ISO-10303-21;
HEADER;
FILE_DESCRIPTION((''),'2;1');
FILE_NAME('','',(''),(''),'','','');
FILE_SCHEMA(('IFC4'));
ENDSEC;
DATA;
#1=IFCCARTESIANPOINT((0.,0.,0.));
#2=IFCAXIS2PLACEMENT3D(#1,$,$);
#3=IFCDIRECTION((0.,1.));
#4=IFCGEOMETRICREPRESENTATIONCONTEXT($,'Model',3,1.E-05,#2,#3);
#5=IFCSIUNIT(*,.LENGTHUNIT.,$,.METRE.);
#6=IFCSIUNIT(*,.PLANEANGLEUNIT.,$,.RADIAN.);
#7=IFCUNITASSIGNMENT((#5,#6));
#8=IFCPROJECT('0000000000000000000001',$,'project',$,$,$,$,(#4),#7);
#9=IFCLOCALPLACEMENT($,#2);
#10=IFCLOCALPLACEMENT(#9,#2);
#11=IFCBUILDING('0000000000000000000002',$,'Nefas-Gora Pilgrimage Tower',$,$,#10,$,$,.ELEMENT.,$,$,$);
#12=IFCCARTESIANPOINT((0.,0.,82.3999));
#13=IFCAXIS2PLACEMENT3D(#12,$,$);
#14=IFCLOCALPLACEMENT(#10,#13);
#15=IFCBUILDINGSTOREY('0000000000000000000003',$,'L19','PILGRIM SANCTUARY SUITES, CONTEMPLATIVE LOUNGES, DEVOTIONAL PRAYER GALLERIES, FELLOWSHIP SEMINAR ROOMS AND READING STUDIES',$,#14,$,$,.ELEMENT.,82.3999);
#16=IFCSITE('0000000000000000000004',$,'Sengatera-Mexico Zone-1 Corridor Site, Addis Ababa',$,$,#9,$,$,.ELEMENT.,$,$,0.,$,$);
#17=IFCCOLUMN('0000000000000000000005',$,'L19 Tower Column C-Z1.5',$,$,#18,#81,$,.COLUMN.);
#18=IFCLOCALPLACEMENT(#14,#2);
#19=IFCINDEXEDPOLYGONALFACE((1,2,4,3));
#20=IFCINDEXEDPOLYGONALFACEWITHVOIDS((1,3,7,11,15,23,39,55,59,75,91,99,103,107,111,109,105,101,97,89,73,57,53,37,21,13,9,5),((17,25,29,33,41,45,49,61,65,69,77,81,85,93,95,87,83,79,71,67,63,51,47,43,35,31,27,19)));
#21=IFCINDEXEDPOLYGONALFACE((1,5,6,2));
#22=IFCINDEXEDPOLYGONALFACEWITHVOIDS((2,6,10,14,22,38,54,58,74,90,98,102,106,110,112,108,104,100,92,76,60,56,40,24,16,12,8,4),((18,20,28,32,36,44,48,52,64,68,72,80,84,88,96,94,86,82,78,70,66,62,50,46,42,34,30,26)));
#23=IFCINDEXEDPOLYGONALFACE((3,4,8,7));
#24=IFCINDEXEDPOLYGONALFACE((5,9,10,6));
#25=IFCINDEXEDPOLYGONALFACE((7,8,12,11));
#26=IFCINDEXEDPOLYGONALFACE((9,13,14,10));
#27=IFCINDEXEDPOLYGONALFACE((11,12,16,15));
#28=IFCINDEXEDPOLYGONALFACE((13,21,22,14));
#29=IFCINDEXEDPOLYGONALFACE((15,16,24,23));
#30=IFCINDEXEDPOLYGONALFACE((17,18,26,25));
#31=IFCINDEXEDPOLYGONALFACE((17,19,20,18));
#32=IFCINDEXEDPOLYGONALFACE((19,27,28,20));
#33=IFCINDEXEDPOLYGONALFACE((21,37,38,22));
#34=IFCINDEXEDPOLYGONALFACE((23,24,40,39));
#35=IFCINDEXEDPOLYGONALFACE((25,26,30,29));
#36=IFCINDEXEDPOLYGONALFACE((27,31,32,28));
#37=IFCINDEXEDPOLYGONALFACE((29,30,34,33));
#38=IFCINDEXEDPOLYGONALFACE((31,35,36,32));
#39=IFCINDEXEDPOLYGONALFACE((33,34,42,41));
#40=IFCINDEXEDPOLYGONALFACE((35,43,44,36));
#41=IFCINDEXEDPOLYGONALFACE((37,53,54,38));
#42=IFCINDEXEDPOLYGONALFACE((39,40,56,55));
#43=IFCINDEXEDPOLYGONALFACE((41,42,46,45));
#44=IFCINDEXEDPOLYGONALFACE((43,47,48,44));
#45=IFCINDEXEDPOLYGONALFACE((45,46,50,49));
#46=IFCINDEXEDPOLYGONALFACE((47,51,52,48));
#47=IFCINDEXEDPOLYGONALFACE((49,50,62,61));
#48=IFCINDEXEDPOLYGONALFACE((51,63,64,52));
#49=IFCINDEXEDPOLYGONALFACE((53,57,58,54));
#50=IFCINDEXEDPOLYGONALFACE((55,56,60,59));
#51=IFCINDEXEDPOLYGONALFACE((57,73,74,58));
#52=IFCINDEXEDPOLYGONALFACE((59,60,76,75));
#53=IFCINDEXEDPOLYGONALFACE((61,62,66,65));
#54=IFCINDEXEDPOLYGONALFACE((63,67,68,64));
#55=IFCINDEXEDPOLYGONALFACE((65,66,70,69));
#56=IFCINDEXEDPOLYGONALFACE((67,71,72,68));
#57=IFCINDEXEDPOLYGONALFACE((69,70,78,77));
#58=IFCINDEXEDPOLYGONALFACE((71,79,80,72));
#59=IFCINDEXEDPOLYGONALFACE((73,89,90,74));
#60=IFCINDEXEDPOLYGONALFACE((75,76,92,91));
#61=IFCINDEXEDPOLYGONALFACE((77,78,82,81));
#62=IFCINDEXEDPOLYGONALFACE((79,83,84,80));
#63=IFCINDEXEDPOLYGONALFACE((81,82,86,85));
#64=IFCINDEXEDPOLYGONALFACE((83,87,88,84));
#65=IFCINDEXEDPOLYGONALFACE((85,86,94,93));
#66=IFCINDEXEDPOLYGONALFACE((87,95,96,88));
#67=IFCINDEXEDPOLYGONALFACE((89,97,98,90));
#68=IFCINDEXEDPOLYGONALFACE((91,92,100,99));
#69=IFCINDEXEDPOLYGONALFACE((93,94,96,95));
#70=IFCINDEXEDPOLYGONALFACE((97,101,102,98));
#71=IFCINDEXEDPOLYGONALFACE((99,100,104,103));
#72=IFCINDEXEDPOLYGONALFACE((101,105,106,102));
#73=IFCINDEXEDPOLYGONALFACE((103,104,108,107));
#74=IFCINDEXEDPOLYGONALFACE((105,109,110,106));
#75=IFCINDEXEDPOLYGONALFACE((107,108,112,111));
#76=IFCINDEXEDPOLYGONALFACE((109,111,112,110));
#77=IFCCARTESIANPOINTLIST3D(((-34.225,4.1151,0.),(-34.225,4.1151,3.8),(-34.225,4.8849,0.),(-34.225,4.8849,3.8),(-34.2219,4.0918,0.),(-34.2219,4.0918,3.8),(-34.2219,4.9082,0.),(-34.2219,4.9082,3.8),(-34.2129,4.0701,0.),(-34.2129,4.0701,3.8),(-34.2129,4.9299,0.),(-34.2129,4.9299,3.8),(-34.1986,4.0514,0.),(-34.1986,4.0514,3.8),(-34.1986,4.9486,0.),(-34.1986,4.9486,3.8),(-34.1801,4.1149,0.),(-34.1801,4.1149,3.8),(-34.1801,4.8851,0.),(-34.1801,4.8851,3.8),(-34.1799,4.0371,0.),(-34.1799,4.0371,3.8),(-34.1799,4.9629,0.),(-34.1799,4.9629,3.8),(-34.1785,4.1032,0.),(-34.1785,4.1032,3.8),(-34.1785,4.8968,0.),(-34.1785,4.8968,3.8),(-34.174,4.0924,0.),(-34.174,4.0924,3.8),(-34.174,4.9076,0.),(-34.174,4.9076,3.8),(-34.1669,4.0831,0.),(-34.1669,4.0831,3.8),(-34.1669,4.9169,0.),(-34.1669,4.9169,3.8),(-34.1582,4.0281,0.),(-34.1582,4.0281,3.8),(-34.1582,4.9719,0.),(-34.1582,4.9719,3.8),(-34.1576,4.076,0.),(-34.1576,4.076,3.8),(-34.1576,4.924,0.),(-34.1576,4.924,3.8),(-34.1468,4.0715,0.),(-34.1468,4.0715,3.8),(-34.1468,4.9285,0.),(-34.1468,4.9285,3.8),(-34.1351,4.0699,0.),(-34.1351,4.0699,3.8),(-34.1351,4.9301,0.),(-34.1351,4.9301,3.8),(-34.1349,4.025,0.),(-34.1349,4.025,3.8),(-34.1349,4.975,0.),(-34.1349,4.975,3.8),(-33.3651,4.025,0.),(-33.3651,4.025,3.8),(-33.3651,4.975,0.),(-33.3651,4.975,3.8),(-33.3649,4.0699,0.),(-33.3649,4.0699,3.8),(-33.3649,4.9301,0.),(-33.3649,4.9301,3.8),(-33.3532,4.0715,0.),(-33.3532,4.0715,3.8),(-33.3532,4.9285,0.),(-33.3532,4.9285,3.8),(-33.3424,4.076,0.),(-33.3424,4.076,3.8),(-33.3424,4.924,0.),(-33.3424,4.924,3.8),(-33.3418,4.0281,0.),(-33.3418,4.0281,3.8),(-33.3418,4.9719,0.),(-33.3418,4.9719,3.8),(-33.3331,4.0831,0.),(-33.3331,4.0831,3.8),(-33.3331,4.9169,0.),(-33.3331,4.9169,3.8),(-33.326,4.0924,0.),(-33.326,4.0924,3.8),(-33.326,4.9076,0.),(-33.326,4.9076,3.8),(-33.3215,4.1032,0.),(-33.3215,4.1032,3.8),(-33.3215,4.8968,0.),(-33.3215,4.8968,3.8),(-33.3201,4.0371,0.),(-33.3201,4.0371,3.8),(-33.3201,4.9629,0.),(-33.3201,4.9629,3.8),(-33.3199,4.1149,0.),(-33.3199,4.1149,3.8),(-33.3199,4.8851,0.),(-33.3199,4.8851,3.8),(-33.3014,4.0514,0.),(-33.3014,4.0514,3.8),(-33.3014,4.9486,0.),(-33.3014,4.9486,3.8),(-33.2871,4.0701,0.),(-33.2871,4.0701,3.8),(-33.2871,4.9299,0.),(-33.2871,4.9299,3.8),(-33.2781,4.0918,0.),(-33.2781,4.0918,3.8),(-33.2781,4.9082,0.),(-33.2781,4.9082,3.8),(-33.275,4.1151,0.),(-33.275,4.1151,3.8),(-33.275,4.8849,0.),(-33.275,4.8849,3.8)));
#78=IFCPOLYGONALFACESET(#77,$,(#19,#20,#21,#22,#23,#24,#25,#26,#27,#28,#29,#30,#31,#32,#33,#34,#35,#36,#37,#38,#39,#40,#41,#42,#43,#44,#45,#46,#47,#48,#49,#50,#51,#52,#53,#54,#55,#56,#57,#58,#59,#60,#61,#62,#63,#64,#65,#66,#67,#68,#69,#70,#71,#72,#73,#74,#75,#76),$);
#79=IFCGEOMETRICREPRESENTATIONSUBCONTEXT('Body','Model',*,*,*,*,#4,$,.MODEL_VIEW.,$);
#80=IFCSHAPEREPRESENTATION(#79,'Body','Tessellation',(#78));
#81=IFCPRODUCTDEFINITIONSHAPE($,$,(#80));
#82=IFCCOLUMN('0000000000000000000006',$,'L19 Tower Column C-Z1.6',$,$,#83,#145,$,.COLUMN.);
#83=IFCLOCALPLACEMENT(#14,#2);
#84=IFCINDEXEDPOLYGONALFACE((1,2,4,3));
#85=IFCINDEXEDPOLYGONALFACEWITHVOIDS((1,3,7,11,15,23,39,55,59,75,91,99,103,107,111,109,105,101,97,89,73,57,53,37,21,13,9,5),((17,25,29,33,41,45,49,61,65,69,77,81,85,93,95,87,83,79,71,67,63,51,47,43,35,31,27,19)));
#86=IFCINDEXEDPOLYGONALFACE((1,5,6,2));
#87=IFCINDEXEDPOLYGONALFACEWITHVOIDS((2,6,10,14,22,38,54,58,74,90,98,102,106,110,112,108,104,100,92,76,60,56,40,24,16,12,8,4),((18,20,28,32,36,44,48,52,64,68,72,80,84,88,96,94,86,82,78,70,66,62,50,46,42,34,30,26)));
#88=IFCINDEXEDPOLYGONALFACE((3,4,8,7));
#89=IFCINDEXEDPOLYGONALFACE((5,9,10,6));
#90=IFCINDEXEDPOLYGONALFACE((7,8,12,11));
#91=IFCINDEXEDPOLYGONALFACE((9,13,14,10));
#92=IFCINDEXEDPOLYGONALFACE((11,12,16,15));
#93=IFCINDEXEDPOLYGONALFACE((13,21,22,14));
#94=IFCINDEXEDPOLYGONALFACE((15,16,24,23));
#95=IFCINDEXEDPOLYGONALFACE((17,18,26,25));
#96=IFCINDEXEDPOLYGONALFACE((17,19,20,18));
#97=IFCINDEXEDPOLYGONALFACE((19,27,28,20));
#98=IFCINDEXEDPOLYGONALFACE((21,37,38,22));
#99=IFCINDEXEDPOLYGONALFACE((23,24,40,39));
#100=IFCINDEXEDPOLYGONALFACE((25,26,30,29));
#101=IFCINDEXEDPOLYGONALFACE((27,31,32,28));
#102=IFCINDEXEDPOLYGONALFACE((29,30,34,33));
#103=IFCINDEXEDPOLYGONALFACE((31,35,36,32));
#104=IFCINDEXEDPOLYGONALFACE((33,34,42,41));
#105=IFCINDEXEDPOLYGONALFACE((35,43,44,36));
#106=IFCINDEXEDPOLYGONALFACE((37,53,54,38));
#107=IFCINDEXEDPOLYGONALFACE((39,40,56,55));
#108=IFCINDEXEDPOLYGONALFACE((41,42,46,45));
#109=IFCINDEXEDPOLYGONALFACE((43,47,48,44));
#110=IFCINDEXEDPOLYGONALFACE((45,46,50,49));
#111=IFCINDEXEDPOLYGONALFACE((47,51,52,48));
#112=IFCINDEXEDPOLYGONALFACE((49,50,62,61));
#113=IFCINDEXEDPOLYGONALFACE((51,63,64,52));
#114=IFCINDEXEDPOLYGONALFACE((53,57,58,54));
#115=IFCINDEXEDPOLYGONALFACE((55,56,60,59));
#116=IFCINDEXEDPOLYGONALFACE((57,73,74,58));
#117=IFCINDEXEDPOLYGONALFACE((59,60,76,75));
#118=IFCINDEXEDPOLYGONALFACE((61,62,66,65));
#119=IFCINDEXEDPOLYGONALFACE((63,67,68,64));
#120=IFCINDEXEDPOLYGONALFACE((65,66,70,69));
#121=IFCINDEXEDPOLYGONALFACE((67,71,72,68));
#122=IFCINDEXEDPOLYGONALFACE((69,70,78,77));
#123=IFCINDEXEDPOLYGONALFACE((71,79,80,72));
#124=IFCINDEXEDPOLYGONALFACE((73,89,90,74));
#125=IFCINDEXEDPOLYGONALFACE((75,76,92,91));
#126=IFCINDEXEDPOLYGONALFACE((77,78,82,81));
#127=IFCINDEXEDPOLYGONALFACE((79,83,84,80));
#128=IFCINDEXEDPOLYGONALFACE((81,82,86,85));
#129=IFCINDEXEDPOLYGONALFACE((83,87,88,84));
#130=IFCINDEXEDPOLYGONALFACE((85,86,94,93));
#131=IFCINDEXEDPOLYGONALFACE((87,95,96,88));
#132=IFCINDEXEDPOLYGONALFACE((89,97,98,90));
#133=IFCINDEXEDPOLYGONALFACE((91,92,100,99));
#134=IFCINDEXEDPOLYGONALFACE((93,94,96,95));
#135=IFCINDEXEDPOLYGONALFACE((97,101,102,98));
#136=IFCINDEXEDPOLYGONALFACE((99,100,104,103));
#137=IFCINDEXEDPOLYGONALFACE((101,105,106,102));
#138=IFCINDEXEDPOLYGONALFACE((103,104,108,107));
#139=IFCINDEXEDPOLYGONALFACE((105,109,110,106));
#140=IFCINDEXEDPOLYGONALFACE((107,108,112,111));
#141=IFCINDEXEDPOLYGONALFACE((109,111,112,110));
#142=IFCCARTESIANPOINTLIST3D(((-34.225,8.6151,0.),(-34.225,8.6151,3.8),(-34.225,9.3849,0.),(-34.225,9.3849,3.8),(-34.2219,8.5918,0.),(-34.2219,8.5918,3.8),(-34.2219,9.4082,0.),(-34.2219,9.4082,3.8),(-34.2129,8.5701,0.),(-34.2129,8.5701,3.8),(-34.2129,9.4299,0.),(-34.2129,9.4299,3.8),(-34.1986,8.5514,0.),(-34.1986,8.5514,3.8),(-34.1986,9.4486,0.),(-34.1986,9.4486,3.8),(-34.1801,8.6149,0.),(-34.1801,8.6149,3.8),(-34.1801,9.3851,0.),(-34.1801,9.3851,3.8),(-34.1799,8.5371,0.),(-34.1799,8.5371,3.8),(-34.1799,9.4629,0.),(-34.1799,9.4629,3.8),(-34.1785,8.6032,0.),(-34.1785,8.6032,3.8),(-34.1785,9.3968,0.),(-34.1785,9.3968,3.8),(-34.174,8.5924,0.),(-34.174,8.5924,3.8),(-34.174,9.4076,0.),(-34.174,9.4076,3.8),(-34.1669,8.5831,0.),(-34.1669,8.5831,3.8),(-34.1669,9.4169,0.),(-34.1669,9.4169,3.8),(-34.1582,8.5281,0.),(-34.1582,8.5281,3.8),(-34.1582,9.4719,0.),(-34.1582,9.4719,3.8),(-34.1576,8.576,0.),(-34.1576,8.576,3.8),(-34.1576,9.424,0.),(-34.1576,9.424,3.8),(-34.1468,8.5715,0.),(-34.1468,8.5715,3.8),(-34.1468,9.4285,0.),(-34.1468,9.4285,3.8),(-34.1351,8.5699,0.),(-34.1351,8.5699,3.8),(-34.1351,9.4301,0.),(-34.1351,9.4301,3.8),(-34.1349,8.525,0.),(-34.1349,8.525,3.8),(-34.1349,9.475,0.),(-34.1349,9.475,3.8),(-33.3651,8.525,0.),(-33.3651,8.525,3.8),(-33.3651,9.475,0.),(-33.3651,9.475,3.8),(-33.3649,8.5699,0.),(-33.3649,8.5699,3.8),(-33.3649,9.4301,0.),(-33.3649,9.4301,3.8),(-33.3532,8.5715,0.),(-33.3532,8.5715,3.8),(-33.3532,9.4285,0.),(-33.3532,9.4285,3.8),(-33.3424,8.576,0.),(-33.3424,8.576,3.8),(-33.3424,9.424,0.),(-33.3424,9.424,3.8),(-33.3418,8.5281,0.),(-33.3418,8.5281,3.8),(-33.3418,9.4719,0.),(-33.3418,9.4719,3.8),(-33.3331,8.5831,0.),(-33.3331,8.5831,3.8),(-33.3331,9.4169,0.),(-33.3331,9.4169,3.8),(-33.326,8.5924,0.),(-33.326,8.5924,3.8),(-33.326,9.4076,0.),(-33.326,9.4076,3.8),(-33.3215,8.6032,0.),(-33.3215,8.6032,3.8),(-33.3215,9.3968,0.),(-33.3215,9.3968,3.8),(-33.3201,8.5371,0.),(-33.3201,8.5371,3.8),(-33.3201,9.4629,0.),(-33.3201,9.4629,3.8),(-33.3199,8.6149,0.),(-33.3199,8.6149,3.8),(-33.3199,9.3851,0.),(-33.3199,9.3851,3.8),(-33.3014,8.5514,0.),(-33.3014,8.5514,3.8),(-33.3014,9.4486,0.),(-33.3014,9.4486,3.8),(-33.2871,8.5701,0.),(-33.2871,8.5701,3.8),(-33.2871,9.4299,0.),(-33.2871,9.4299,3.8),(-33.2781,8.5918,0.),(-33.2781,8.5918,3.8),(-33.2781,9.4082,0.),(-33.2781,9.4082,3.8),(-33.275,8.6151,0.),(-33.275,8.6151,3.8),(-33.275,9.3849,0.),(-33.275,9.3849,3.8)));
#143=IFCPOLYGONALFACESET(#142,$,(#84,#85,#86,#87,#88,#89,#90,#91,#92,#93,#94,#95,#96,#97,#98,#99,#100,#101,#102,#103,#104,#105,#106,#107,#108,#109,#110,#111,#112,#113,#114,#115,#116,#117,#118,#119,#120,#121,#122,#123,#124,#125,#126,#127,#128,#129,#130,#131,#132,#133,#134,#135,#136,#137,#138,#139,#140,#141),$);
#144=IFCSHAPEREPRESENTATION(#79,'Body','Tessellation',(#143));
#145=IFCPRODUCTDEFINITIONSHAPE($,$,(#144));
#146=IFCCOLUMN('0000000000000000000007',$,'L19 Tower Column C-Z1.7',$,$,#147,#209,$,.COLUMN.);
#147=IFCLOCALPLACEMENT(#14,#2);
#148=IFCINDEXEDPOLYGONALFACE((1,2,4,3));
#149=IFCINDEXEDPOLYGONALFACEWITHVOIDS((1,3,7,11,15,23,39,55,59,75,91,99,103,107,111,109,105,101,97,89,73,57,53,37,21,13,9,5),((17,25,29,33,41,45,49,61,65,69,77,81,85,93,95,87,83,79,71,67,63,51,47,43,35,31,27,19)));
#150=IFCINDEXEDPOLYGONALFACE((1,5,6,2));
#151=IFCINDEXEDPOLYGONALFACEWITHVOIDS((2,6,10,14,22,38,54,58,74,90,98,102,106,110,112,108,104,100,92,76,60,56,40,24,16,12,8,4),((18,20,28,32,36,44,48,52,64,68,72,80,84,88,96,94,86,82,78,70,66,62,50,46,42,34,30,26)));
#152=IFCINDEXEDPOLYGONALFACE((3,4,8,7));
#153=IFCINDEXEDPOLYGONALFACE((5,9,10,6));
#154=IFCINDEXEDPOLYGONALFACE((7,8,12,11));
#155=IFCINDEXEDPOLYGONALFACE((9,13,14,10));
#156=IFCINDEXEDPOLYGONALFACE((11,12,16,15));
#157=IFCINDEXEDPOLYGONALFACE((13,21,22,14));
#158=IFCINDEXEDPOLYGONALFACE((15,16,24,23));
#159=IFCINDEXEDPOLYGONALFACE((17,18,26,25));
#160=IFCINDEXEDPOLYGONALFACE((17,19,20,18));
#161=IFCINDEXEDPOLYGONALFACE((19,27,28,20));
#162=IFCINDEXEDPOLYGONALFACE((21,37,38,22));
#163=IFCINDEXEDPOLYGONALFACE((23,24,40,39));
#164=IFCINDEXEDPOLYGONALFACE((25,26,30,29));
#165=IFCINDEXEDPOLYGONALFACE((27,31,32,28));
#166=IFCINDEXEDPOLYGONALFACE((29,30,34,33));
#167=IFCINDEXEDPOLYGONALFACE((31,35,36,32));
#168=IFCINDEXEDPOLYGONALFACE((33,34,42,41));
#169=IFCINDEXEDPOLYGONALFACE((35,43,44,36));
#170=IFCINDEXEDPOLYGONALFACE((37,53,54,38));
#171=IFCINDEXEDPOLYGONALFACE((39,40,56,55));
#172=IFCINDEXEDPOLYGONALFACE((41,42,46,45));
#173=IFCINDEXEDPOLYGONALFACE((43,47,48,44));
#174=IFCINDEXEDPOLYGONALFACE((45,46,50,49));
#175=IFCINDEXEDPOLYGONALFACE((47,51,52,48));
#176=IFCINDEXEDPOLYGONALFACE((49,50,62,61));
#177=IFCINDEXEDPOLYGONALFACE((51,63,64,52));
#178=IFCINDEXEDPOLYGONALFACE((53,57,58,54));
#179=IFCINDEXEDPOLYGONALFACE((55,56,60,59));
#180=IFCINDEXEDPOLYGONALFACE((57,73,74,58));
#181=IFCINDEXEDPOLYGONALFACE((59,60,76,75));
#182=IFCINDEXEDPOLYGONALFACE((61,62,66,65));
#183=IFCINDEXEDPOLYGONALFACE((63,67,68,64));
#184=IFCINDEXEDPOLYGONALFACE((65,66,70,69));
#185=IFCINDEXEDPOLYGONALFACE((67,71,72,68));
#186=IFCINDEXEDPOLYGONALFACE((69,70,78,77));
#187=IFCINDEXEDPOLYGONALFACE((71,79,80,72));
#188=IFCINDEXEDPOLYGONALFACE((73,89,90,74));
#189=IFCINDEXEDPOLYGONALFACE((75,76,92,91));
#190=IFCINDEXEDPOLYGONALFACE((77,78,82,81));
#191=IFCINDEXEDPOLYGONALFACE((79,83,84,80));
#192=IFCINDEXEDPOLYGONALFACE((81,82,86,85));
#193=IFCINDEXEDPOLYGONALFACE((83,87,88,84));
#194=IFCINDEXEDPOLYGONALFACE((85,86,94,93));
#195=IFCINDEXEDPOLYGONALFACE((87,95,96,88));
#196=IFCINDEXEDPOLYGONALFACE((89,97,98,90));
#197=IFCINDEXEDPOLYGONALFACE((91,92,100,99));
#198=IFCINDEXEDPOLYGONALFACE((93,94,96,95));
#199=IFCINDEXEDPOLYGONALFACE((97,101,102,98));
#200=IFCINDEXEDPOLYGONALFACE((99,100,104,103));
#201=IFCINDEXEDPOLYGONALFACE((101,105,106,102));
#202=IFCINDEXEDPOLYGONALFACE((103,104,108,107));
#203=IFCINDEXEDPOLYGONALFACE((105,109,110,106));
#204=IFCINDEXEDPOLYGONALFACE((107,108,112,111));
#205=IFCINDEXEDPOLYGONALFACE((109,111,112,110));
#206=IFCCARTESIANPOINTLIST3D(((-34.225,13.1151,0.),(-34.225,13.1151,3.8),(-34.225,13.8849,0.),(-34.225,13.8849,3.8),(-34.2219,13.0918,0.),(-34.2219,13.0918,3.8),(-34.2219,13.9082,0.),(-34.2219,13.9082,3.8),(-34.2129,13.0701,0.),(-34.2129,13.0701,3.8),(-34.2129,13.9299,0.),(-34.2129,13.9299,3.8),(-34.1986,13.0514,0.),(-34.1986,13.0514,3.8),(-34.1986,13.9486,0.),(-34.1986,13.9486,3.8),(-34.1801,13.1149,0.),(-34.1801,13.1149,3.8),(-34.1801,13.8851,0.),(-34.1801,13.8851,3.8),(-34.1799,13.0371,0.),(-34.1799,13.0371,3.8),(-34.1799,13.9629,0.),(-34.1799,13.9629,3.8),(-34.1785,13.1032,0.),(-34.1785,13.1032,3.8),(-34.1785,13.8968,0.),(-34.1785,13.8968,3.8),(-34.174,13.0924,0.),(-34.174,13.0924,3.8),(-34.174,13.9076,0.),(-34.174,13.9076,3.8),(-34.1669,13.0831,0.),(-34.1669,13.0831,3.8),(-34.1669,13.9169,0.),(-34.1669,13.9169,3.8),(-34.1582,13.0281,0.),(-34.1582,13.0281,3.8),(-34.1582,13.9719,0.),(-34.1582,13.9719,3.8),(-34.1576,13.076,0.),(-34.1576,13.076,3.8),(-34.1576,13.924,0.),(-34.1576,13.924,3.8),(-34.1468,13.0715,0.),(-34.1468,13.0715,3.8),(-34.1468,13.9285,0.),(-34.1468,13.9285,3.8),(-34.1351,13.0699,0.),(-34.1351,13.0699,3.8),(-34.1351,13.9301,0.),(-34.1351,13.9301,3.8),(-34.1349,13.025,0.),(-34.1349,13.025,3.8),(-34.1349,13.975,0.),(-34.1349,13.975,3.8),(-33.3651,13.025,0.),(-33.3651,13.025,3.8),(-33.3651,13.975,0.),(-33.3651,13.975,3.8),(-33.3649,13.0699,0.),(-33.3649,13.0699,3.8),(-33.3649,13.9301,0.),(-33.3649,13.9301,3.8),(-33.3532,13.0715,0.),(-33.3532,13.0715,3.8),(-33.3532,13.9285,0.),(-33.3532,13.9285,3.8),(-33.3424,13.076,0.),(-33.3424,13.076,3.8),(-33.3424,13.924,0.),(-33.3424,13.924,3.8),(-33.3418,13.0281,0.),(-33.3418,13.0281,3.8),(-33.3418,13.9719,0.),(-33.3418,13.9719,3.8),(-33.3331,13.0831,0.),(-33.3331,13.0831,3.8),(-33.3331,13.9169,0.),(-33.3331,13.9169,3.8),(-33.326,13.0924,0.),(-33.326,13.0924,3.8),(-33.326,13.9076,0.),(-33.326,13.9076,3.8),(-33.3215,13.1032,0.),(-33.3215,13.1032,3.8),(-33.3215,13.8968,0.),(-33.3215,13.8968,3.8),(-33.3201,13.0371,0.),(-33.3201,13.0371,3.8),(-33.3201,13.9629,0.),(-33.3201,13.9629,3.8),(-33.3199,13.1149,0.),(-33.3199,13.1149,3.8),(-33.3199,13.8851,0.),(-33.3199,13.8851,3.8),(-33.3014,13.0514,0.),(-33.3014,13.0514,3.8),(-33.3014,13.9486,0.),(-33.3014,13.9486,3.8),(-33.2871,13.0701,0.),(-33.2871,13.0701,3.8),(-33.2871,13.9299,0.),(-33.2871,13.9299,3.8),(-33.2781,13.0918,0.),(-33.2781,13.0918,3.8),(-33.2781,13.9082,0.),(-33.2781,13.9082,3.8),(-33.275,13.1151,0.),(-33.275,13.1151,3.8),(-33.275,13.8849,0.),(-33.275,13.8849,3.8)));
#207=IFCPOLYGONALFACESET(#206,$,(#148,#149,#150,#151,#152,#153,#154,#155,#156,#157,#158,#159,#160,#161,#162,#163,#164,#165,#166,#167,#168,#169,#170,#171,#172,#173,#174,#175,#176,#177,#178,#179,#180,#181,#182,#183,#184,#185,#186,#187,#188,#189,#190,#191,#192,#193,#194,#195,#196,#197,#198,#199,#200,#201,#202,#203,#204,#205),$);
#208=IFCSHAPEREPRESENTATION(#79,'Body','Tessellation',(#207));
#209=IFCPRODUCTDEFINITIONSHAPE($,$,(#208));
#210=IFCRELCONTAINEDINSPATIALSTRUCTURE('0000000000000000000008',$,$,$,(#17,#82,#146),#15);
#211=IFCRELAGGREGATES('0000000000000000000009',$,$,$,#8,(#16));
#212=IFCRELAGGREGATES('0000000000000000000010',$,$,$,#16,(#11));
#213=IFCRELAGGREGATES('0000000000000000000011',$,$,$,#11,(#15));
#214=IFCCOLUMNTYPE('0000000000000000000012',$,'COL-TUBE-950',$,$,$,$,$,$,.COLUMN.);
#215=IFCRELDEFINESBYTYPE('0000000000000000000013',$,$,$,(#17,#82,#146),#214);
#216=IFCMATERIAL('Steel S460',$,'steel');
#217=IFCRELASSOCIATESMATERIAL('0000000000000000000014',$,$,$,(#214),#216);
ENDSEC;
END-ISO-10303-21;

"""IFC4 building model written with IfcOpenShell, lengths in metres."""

from ifc_helpers import new_model, si_unit, direction, frame, origin, origin_2d, place, context, subcontext, project, spatial, hollow_rectangle, extrude, source, transform, mapped, material, material_profile, profile_set, type_object, element, save


model = new_model("IFC4")

# Units and contexts
model_context = context("Model", 3, precision=1e-05, world=origin(), true_north=direction((0.0, 1.0)))
body_context = subcontext(model_context, "Body", "Model", "MODEL_VIEW")
ifc_project = project(units=[si_unit("LENGTHUNIT", "METRE"), si_unit("PLANEANGLEUNIT", "RADIAN")], contexts=[model_context])

# Site, building, storey
site_placement = place(None, origin())
site = spatial("IfcSite", under=ifc_project, at=site_placement, Name="Sengatera-Mexico Zone-1 Corridor Site, Addis Ababa", CompositionType="ELEMENT", RefElevation=0.0)
building_placement = place(site_placement, origin())
building = spatial("IfcBuilding", under=site, at=building_placement, Name="Nefas-Gora Pilgrimage Tower", CompositionType="ELEMENT")
storey_placement = place(building_placement, frame((0.0, 0.0, 82.3999)))
storey = spatial("IfcBuildingStorey", under=building, at=storey_placement, Name="L19", Description="PILGRIM SANCTUARY SUITES, CONTEMPLATIVE LOUNGES, DEVOTIONAL PRAYER GALLERIES, FELLOWSHIP SEMINAR ROOMS AND READING STUDIES", CompositionType="ELEMENT", Elevation=82.3999)

# Columns
ifc_material_1 = material(Name="Steel S460", Category="steel")
ifc_material_profile_1 = material_profile(ifc_material_1, hollow_rectangle(XDim=0.95, YDim=0.95, WallThickness=0.0449, InnerFilletRadius=0.0449, OuterFilletRadius=0.0901, at=origin_2d()), Name="BOX 950x950x45")
ifc_profile_set_1 = profile_set([ifc_material_profile_1], Name="Steel S460")
column_type_1 = type_object("IfcColumnType", Name="COL-TUBE-950", PredefinedType="COLUMN", material=ifc_profile_set_1)
shared_shape_1 = source(origin(), body_context, "Body", "SweptSolid", [
    extrude(hollow_rectangle(XDim=0.95, YDim=0.95, WallThickness=0.0449, InnerFilletRadius=0.0449, OuterFilletRadius=0.0901, at=origin_2d()), origin(), (0.0, 0.0, 1.0), 3.8),
])
for number, where, z_axis, x_axis, name in (
    (1, (-33.75, 4.5, 0.0), (0.0, 0.0, 1.0), (1.0, 0.0, 0.0), "L19 Tower Column C-Z1.5"),
    (2, (-33.75, 9.0, 0.0), (0.0, 0.0, 1.0), (1.0, 0.0, 0.0), "L19 Tower Column C-Z1.6"),
    (3, (-33.75, 13.5, 0.0), (0.0, 0.0, 1.0), (1.0, 0.0, 0.0), "L19 Tower Column C-Z1.7"),
):
    element("IfcColumn", number, at=place(storey_placement, frame(where, z_axis=z_axis, x_axis=x_axis)), inside=storey, type_object=column_type_1, Name=name, PredefinedType="COLUMN", context=body_context, shape_type="MappedRepresentation", body=[
        mapped(shared_shape_1, transform((0.0, 0.0, 0.0), x_axis=(1.0, 0.0, 0.0), y_axis=(0.0, 1.0, 0.0), z_axis=(0.0, 0.0, 1.0), scale=1.0)),
    ])

save(model, "model.ifc")
